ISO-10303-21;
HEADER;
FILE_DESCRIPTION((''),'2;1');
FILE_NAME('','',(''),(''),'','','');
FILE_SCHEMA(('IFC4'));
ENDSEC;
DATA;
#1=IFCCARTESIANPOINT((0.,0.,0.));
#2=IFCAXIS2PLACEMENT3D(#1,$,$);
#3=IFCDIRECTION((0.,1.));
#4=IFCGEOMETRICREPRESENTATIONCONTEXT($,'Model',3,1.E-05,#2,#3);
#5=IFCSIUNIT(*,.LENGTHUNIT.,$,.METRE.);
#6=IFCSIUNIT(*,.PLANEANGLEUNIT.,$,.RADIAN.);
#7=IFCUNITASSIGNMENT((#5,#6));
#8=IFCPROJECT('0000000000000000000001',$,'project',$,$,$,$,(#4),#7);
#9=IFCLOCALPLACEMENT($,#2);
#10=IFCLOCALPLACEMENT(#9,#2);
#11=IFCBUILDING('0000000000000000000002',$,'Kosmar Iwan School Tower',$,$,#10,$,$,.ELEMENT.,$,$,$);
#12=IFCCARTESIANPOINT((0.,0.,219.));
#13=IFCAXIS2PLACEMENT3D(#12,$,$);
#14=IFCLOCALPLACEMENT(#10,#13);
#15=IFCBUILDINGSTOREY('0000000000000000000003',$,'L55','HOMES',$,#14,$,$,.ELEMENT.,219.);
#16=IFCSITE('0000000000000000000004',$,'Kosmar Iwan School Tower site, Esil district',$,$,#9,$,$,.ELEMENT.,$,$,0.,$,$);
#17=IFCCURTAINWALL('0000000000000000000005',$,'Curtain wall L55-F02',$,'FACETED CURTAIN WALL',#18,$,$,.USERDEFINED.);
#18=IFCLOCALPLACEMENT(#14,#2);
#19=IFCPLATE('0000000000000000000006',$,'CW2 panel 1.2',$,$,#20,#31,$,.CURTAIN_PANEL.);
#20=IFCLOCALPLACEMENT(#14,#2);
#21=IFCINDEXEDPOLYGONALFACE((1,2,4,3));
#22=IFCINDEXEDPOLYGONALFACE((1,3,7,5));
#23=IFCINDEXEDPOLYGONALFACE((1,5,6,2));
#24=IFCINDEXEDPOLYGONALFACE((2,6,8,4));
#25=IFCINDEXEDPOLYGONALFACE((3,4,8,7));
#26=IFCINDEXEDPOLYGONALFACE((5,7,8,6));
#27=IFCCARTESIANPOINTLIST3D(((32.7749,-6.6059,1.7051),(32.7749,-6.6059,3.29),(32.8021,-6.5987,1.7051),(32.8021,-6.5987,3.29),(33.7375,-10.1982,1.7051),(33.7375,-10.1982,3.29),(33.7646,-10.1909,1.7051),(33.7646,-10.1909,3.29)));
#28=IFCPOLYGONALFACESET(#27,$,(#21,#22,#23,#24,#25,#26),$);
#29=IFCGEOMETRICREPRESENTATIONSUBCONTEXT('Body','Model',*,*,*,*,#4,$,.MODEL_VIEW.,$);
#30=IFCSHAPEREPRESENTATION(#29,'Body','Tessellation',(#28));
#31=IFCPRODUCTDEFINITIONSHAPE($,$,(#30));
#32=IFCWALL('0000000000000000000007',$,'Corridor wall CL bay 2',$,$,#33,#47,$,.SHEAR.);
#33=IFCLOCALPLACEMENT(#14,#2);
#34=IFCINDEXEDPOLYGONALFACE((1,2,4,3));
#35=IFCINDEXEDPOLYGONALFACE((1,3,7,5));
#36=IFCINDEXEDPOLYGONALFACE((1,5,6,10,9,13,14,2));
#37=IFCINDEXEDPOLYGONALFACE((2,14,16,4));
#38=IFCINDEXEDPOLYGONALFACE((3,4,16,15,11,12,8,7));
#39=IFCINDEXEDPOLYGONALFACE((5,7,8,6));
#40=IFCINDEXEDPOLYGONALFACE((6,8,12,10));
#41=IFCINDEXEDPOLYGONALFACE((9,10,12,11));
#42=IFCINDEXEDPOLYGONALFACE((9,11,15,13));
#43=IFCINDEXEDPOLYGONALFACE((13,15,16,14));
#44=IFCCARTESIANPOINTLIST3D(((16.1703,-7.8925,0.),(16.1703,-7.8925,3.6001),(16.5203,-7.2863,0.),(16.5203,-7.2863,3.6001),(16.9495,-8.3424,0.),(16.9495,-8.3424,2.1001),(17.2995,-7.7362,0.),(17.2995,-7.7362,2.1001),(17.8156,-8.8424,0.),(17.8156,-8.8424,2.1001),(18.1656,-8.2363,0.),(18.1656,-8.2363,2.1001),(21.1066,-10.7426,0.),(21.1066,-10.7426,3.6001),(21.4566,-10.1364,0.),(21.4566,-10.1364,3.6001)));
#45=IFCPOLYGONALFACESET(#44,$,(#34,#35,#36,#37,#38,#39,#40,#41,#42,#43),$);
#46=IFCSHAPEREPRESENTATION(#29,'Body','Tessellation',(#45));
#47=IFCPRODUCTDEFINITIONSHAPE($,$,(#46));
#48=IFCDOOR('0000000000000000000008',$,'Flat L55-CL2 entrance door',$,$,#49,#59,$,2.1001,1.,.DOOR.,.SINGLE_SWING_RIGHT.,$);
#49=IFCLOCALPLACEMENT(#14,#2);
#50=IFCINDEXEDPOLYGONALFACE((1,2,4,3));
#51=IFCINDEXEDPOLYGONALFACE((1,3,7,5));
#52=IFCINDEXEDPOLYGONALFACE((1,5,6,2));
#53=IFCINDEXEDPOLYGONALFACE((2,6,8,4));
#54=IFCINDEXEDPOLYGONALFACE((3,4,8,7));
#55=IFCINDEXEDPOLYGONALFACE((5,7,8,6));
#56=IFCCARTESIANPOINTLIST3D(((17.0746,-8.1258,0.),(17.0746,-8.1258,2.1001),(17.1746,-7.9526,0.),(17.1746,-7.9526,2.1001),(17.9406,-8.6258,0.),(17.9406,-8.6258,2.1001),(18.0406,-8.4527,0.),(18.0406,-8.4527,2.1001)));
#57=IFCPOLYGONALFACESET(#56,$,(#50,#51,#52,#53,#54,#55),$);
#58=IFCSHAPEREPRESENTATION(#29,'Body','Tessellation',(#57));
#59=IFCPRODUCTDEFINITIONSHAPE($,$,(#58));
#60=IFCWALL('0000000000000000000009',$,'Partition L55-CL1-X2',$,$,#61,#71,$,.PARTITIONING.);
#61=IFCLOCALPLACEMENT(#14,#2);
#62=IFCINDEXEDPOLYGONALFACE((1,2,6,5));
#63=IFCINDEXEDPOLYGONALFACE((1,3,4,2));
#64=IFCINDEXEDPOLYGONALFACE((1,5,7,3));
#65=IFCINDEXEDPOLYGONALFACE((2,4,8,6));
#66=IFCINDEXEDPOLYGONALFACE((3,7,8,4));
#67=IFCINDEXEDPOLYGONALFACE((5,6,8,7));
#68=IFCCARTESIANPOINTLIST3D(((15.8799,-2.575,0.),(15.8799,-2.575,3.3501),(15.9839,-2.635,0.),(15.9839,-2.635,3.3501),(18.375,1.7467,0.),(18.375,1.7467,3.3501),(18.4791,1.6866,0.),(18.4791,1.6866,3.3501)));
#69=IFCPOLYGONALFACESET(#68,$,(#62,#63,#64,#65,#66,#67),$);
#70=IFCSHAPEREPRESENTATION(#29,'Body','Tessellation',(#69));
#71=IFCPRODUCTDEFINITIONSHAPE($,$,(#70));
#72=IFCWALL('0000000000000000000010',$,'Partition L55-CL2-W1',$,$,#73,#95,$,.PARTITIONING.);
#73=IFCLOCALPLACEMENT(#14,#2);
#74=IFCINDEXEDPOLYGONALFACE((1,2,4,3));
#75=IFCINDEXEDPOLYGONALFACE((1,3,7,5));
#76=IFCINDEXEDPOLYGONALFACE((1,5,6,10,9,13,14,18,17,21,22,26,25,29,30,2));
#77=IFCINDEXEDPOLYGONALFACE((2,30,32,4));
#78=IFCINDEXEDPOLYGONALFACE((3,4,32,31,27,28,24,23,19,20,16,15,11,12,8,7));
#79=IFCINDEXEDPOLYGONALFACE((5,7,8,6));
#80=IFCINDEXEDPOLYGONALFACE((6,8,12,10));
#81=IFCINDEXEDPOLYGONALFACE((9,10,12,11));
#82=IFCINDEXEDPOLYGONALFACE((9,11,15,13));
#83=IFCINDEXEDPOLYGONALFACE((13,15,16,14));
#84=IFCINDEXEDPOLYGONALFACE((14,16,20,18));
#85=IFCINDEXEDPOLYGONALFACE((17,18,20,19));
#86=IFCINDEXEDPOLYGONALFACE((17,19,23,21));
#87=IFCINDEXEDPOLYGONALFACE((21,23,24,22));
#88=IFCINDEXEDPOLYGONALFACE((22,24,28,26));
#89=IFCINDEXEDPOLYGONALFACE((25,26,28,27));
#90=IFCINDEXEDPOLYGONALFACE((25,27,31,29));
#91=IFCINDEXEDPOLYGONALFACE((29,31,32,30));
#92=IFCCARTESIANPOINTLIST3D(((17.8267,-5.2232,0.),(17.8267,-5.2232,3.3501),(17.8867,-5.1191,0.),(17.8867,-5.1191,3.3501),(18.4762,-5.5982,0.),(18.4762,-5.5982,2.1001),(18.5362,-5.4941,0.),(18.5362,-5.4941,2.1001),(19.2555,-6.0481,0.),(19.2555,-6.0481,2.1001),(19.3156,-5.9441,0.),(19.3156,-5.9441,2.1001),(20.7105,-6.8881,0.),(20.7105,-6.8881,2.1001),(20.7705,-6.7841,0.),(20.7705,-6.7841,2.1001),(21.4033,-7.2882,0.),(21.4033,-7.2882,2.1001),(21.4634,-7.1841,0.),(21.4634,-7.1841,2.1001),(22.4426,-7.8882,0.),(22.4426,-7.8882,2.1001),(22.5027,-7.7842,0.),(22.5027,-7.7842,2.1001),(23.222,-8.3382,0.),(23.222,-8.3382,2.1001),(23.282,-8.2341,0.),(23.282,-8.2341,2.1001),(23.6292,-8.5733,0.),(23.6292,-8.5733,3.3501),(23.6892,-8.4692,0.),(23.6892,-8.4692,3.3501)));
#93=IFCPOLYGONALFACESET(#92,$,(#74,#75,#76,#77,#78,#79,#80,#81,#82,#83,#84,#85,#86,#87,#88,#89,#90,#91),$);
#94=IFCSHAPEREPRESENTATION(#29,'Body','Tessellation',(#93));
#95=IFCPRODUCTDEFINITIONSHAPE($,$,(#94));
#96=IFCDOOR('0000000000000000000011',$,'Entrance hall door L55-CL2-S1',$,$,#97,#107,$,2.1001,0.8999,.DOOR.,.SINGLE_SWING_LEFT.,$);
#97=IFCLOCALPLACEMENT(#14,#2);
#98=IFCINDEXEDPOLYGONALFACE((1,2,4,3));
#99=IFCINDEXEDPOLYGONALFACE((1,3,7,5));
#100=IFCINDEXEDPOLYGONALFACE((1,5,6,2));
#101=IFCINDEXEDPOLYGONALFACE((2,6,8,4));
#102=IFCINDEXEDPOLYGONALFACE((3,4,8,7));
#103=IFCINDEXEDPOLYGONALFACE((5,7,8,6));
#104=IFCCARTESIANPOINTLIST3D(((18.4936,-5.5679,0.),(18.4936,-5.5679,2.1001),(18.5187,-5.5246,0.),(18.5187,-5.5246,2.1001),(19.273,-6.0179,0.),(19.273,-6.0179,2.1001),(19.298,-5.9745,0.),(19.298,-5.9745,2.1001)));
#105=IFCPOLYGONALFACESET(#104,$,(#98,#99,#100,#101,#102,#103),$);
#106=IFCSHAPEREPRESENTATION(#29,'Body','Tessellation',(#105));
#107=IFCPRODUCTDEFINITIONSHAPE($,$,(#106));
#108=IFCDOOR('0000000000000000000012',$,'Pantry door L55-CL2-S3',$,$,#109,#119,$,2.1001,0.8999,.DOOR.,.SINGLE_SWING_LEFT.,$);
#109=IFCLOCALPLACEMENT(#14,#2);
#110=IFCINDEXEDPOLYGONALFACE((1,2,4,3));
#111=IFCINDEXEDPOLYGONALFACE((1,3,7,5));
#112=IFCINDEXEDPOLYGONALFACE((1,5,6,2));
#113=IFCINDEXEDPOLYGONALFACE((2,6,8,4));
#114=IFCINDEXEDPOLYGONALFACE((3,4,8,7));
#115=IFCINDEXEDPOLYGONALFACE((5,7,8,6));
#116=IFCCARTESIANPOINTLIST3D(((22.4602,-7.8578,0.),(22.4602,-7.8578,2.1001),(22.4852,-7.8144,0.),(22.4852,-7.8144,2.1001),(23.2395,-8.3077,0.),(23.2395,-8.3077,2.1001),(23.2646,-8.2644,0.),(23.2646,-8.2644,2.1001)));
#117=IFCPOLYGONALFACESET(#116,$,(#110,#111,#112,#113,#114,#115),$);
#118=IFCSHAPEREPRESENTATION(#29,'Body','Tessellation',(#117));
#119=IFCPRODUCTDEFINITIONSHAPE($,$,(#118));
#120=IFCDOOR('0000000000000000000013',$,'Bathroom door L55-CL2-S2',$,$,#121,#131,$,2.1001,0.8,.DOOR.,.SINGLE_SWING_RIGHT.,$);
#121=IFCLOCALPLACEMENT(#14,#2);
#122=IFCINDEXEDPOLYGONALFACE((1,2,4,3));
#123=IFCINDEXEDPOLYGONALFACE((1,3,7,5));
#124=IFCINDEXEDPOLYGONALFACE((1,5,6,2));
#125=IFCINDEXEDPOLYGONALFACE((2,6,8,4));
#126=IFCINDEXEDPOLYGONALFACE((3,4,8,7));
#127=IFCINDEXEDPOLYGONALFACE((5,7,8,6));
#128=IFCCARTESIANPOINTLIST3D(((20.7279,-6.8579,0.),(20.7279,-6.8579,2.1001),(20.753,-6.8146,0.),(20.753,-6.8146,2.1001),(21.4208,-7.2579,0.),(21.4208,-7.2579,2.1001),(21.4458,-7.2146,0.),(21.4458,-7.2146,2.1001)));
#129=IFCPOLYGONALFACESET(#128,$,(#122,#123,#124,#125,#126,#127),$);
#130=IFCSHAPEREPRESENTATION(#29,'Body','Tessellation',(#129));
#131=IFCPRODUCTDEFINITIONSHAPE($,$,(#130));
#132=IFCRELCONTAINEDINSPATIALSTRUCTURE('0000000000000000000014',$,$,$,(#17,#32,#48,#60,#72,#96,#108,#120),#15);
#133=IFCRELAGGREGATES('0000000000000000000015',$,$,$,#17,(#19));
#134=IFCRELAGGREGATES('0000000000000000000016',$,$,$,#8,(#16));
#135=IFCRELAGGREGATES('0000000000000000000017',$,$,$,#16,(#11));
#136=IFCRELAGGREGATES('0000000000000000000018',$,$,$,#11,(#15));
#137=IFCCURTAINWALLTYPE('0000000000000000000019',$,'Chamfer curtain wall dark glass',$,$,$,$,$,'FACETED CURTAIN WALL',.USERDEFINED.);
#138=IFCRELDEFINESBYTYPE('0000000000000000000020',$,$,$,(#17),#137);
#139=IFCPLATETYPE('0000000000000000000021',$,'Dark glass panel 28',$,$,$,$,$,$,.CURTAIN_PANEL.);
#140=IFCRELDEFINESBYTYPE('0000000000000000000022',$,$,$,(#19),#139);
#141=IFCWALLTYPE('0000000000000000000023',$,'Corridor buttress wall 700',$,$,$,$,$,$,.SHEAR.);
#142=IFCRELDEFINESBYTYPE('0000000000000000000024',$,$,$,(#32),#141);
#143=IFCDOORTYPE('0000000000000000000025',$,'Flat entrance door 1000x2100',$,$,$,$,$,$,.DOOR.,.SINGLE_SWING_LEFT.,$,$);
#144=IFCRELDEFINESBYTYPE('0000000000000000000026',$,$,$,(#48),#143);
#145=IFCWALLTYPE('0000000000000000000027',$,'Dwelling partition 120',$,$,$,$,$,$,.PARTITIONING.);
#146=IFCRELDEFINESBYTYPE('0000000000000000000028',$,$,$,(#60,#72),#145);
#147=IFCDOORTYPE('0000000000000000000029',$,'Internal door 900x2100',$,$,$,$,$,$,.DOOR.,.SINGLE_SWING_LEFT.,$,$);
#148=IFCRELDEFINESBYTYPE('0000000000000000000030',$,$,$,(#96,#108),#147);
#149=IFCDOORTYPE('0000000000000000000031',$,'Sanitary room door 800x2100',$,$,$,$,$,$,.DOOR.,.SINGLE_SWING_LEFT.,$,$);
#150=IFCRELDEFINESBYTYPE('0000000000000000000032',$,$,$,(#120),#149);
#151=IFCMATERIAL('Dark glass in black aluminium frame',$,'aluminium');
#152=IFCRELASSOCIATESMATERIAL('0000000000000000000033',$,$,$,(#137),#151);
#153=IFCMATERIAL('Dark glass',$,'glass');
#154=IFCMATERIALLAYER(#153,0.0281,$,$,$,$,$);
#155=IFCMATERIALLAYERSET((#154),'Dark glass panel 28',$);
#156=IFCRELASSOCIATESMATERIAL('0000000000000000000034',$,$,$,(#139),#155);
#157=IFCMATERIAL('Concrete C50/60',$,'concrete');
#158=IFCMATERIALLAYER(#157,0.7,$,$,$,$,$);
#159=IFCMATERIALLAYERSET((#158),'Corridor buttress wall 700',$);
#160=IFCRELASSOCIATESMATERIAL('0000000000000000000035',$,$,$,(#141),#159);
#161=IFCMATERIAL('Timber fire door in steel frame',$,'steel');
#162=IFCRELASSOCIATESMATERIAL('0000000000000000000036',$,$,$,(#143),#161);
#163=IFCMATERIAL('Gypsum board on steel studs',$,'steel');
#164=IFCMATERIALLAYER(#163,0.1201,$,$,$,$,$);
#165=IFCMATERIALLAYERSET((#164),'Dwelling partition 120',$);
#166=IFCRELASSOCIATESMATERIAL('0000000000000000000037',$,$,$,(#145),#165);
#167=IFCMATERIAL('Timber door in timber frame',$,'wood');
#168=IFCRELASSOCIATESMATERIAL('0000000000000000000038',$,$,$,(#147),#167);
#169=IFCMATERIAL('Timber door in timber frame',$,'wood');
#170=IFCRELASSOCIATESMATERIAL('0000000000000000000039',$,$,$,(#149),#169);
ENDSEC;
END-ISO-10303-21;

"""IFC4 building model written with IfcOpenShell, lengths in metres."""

from ifc_helpers import new_model, si_unit, direction, frame, frame_2d, origin, origin_2d, place, context, subcontext, project, spatial, rectangle, extrude, material, layer, layer_set, type_object, element, fill, aggregate, save


model = new_model("IFC4")

# Units and contexts
model_context = context("Model", 3, precision=1e-05, world=origin(), true_north=direction((0.0, 1.0)))
body_context = subcontext(model_context, "Body", "Model", "MODEL_VIEW")
ifc_project = project(units=[si_unit("LENGTHUNIT", "METRE"), si_unit("PLANEANGLEUNIT", "RADIAN")], contexts=[model_context])

# Site, building, storey
site_placement = place(None, origin())
site = spatial("IfcSite", under=ifc_project, at=site_placement, Name="Kosmar Iwan School Tower site, Esil district", CompositionType="ELEMENT", RefElevation=0.0)
building_placement = place(site_placement, origin())
building = spatial("IfcBuilding", under=site, at=building_placement, Name="Kosmar Iwan School Tower", CompositionType="ELEMENT")
storey_placement = place(building_placement, frame((0.0, 0.0, 219.0)))
storey = spatial("IfcBuildingStorey", under=building, at=storey_placement, Name="L55", Description="HOMES", CompositionType="ELEMENT", Elevation=219.0)

# Curtain wall
ifc_material_1 = material(Name="Dark glass in black aluminium frame", Category="aluminium")
curtain_wall_type = type_object("IfcCurtainWallType", Name="Chamfer curtain wall dark glass", ElementType="FACETED CURTAIN WALL", PredefinedType="USERDEFINED", material=ifc_material_1)
curtain_wall_placement = place(storey_placement, origin())
curtain_wall = element("IfcCurtainWall", 1, at=curtain_wall_placement, inside=storey, type_object=curtain_wall_type, Name="Curtain wall L55-F02", ObjectType="FACETED CURTAIN WALL", PredefinedType="USERDEFINED")

# Plate
ifc_material_2 = material(Name="Dark glass", Category="glass")
ifc_layer_1 = layer(ifc_material_2, 0.0281)
ifc_layer_set_1 = layer_set([ifc_layer_1], Name="Dark glass panel 28")
plate_type = type_object("IfcPlateType", Name="Dark glass panel 28", PredefinedType="CURTAIN_PANEL", material=ifc_layer_set_1)
plate_1_placement = place(storey_placement, frame((33.2698, -8.3984, 1.7051), z_axis=(0.0, 0.0, 1.0), x_axis=(-0.258819, 0.965926, 0.0)))
plate_1 = element("IfcPlate", 2, at=plate_1_placement, type_object=plate_type, Name="CW2 panel 1.2", PredefinedType="CURTAIN_PANEL", context=body_context, shape_type="SweptSolid", body=[
    extrude(rectangle(XDim=3.719, YDim=0.0281, at=origin_2d()), origin(), (0.0, 0.0, 1.0), 1.585),
])
aggregate(curtain_wall, [plate_1])

# Wall, opening, door
ifc_material_3 = material(Name="Concrete C50/60", Category="concrete")
ifc_layer_2 = layer(ifc_material_3, 0.7)
ifc_layer_set_2 = layer_set([ifc_layer_2], Name="Corridor buttress wall 700")
wall_type_1 = type_object("IfcWallType", Name="Corridor buttress wall 700", PredefinedType="SHEAR", material=ifc_layer_set_2)
wall_1_placement = place(storey_placement, frame((16.3452, -7.5894, 0.0), z_axis=(0.0, 0.0, 1.0), x_axis=(0.866015, -0.500018, 0.0)))
wall_1 = element("IfcWall", 3, at=wall_1_placement, inside=storey, type_object=wall_type_1, Name="Corridor wall CL bay 2", PredefinedType="SHEAR", context=body_context, shape_type="SweptSolid", body=[
    extrude(rectangle(XDim=5.7, YDim=0.7, at=frame_2d((2.8501, 0.0))), origin(), (0.0, 0.0, 1.0), 3.6001),
])
opening_1_placement = place(wall_1_placement, frame((0.8999, 0.0, 0.0)))
opening_1 = element("IfcOpeningElement", 4, at=opening_1_placement, cuts=wall_1, PredefinedType="OPENING", context=body_context, shape_type="SweptSolid", body=[
    extrude(rectangle(XDim=1.0, YDim=2.1001, at=frame_2d((0.5, 1.05))), frame((0.0, 0.3621, 0.0), z_axis=(0.0, -1.0, 0.0), x_axis=(1.0, 0.0, 0.0)), (0.0, 0.0, 1.0), 0.7239),
])
ifc_material_4 = material(Name="Timber fire door in steel frame", Category="steel")
door_type_1 = type_object("IfcDoorType", Name="Flat entrance door 1000x2100", OperationType="SINGLE_SWING_LEFT", PredefinedType="DOOR", material=ifc_material_4)
door_1_placement = place(opening_1_placement, origin())
door_1 = element("IfcDoor", 5, at=door_1_placement, inside=storey, type_object=door_type_1, Name="Flat L55-CL2 entrance door", OperationType="SINGLE_SWING_RIGHT", OverallHeight=2.1001, OverallWidth=1.0, PredefinedType="DOOR", context=body_context, shape_type="SweptSolid", body=[
    extrude(rectangle(XDim=1.0, YDim=2.1001, at=frame_2d((0.5, 1.05))), frame((0.0, 0.1001, 0.0), z_axis=(0.0, -1.0, 0.0), x_axis=(1.0, 0.0, 0.0)), (0.0, 0.0, 1.0), 0.2),
])
fill(opening_1, door_1)

# Wall
ifc_material_5 = material(Name="Gypsum board on steel studs", Category="steel")
ifc_layer_3 = layer(ifc_material_5, 0.1201)
ifc_layer_set_3 = layer_set([ifc_layer_3], Name="Dwelling partition 120")
wall_type_2 = type_object("IfcWallType", Name="Dwelling partition 120", PredefinedType="PARTITIONING", material=ifc_layer_set_3)
wall_2_placement = place(storey_placement, frame((15.9319, -2.605, 0.0), z_axis=(0.0, 0.0, 1.0), x_axis=(0.500012, 0.866019, 0.0)))
element("IfcWall", 6, at=wall_2_placement, inside=storey, type_object=wall_type_2, Name="Partition L55-CL1-X2", PredefinedType="PARTITIONING", context=body_context, shape_type="SweptSolid", body=[
    extrude(rectangle(XDim=4.9902, YDim=0.1201, at=frame_2d((2.4951, 0.0))), origin(), (0.0, 0.0, 1.0), 3.3501),
])

# Wall, openings, doors
wall_3_placement = place(storey_placement, frame((17.8567, -5.1711, 0.0), z_axis=(0.0, 0.0, 1.0), x_axis=(0.866024, -0.500003, 0.0)))
wall_3 = element("IfcWall", 7, at=wall_3_placement, inside=storey, type_object=wall_type_2, Name="Partition L55-CL2-W1", PredefinedType="PARTITIONING", context=body_context, shape_type="SweptSolid", body=[
    extrude(rectangle(XDim=6.7002, YDim=0.1201, at=frame_2d((3.3501, 0.0))), origin(), (0.0, 0.0, 1.0), 3.3501),
])
opening_2_placement = place(wall_3_placement, frame((0.75, 0.0, 0.0)))
opening_2 = element("IfcOpeningElement", 8, at=opening_2_placement, cuts=wall_3, PredefinedType="OPENING", context=body_context, shape_type="SweptSolid", body=[
    extrude(rectangle(XDim=0.8999, YDim=2.1001, at=frame_2d((0.45, 1.05))), frame((0.0, 0.072, 0.0), z_axis=(0.0, -1.0, 0.0), x_axis=(1.0, 0.0, 0.0)), (0.0, 0.0, 1.0), 0.144),
])
opening_3_placement = place(wall_3_placement, frame((3.3301, 0.0, 0.0)))
opening_3 = element("IfcOpeningElement", 9, at=opening_3_placement, cuts=wall_3, PredefinedType="OPENING", context=body_context, shape_type="SweptSolid", body=[
    extrude(rectangle(XDim=0.8, YDim=2.1001, at=frame_2d((0.3999, 1.05))), frame((0.0, 0.072, 0.0), z_axis=(0.0, -1.0, 0.0), x_axis=(1.0, 0.0, 0.0)), (0.0, 0.0, 1.0), 0.144),
])
opening_4_placement = place(wall_3_placement, frame((5.3301, 0.0, 0.0)))
opening_4 = element("IfcOpeningElement", 10, at=opening_4_placement, cuts=wall_3, PredefinedType="OPENING", context=body_context, shape_type="SweptSolid", body=[
    extrude(rectangle(XDim=0.8999, YDim=2.1001, at=frame_2d((0.45, 1.05))), frame((0.0, 0.072, 0.0), z_axis=(0.0, -1.0, 0.0), x_axis=(1.0, 0.0, 0.0)), (0.0, 0.0, 1.0), 0.144),
])
ifc_material_6 = material(Name="Timber door in timber frame", Category="wood")
door_type_2 = type_object("IfcDoorType", Name="Internal door 900x2100", OperationType="SINGLE_SWING_LEFT", PredefinedType="DOOR", material=ifc_material_6)
door_2_placement = place(opening_2_placement, origin())
door_2 = element("IfcDoor", 11, at=door_2_placement, inside=storey, type_object=door_type_2, Name="Entrance hall door L55-CL2-S1", OperationType="SINGLE_SWING_LEFT", OverallHeight=2.1001, OverallWidth=0.8999, PredefinedType="DOOR", context=body_context, shape_type="SweptSolid", body=[
    extrude(rectangle(XDim=0.8999, YDim=2.1001, at=frame_2d((0.45, 1.05))), frame((0.0, 0.0249, 0.0), z_axis=(0.0, -1.0, 0.0), x_axis=(1.0, 0.0, 0.0)), (0.0, 0.0, 1.0), 0.05),
])
fill(opening_2, door_2)
door_3_placement = place(opening_4_placement, frame((0.8999, 0.0, 0.0), z_axis=(0.0, 0.0, 1.0), x_axis=(-1.0, 0.0, 0.0)))
door_3 = element("IfcDoor", 12, at=door_3_placement, inside=storey, type_object=door_type_2, Name="Pantry door L55-CL2-S3", OperationType="SINGLE_SWING_LEFT", OverallHeight=2.1001, OverallWidth=0.8999, PredefinedType="DOOR", context=body_context, shape_type="SweptSolid", body=[
    extrude(rectangle(XDim=0.8999, YDim=2.1001, at=frame_2d((0.45, 1.05))), frame((0.0, 0.0249, 0.0), z_axis=(0.0, -1.0, 0.0), x_axis=(1.0, 0.0, 0.0)), (0.0, 0.0, 1.0), 0.05),
])
fill(opening_4, door_3)
ifc_material_7 = material(Name="Timber door in timber frame", Category="wood")
door_type_3 = type_object("IfcDoorType", Name="Sanitary room door 800x2100", OperationType="SINGLE_SWING_LEFT", PredefinedType="DOOR", material=ifc_material_7)
door_4_placement = place(opening_3_placement, origin())
door_4 = element("IfcDoor", 13, at=door_4_placement, inside=storey, type_object=door_type_3, Name="Bathroom door L55-CL2-S2", OperationType="SINGLE_SWING_RIGHT", OverallHeight=2.1001, OverallWidth=0.8, PredefinedType="DOOR", context=body_context, shape_type="SweptSolid", body=[
    extrude(rectangle(XDim=0.8, YDim=2.1001, at=frame_2d((0.3999, 1.05))), frame((0.0, 0.0249, 0.0), z_axis=(0.0, -1.0, 0.0), x_axis=(1.0, 0.0, 0.0)), (0.0, 0.0, 1.0), 0.05),
])
fill(opening_3, door_4)

save(model, "model.ifc")
